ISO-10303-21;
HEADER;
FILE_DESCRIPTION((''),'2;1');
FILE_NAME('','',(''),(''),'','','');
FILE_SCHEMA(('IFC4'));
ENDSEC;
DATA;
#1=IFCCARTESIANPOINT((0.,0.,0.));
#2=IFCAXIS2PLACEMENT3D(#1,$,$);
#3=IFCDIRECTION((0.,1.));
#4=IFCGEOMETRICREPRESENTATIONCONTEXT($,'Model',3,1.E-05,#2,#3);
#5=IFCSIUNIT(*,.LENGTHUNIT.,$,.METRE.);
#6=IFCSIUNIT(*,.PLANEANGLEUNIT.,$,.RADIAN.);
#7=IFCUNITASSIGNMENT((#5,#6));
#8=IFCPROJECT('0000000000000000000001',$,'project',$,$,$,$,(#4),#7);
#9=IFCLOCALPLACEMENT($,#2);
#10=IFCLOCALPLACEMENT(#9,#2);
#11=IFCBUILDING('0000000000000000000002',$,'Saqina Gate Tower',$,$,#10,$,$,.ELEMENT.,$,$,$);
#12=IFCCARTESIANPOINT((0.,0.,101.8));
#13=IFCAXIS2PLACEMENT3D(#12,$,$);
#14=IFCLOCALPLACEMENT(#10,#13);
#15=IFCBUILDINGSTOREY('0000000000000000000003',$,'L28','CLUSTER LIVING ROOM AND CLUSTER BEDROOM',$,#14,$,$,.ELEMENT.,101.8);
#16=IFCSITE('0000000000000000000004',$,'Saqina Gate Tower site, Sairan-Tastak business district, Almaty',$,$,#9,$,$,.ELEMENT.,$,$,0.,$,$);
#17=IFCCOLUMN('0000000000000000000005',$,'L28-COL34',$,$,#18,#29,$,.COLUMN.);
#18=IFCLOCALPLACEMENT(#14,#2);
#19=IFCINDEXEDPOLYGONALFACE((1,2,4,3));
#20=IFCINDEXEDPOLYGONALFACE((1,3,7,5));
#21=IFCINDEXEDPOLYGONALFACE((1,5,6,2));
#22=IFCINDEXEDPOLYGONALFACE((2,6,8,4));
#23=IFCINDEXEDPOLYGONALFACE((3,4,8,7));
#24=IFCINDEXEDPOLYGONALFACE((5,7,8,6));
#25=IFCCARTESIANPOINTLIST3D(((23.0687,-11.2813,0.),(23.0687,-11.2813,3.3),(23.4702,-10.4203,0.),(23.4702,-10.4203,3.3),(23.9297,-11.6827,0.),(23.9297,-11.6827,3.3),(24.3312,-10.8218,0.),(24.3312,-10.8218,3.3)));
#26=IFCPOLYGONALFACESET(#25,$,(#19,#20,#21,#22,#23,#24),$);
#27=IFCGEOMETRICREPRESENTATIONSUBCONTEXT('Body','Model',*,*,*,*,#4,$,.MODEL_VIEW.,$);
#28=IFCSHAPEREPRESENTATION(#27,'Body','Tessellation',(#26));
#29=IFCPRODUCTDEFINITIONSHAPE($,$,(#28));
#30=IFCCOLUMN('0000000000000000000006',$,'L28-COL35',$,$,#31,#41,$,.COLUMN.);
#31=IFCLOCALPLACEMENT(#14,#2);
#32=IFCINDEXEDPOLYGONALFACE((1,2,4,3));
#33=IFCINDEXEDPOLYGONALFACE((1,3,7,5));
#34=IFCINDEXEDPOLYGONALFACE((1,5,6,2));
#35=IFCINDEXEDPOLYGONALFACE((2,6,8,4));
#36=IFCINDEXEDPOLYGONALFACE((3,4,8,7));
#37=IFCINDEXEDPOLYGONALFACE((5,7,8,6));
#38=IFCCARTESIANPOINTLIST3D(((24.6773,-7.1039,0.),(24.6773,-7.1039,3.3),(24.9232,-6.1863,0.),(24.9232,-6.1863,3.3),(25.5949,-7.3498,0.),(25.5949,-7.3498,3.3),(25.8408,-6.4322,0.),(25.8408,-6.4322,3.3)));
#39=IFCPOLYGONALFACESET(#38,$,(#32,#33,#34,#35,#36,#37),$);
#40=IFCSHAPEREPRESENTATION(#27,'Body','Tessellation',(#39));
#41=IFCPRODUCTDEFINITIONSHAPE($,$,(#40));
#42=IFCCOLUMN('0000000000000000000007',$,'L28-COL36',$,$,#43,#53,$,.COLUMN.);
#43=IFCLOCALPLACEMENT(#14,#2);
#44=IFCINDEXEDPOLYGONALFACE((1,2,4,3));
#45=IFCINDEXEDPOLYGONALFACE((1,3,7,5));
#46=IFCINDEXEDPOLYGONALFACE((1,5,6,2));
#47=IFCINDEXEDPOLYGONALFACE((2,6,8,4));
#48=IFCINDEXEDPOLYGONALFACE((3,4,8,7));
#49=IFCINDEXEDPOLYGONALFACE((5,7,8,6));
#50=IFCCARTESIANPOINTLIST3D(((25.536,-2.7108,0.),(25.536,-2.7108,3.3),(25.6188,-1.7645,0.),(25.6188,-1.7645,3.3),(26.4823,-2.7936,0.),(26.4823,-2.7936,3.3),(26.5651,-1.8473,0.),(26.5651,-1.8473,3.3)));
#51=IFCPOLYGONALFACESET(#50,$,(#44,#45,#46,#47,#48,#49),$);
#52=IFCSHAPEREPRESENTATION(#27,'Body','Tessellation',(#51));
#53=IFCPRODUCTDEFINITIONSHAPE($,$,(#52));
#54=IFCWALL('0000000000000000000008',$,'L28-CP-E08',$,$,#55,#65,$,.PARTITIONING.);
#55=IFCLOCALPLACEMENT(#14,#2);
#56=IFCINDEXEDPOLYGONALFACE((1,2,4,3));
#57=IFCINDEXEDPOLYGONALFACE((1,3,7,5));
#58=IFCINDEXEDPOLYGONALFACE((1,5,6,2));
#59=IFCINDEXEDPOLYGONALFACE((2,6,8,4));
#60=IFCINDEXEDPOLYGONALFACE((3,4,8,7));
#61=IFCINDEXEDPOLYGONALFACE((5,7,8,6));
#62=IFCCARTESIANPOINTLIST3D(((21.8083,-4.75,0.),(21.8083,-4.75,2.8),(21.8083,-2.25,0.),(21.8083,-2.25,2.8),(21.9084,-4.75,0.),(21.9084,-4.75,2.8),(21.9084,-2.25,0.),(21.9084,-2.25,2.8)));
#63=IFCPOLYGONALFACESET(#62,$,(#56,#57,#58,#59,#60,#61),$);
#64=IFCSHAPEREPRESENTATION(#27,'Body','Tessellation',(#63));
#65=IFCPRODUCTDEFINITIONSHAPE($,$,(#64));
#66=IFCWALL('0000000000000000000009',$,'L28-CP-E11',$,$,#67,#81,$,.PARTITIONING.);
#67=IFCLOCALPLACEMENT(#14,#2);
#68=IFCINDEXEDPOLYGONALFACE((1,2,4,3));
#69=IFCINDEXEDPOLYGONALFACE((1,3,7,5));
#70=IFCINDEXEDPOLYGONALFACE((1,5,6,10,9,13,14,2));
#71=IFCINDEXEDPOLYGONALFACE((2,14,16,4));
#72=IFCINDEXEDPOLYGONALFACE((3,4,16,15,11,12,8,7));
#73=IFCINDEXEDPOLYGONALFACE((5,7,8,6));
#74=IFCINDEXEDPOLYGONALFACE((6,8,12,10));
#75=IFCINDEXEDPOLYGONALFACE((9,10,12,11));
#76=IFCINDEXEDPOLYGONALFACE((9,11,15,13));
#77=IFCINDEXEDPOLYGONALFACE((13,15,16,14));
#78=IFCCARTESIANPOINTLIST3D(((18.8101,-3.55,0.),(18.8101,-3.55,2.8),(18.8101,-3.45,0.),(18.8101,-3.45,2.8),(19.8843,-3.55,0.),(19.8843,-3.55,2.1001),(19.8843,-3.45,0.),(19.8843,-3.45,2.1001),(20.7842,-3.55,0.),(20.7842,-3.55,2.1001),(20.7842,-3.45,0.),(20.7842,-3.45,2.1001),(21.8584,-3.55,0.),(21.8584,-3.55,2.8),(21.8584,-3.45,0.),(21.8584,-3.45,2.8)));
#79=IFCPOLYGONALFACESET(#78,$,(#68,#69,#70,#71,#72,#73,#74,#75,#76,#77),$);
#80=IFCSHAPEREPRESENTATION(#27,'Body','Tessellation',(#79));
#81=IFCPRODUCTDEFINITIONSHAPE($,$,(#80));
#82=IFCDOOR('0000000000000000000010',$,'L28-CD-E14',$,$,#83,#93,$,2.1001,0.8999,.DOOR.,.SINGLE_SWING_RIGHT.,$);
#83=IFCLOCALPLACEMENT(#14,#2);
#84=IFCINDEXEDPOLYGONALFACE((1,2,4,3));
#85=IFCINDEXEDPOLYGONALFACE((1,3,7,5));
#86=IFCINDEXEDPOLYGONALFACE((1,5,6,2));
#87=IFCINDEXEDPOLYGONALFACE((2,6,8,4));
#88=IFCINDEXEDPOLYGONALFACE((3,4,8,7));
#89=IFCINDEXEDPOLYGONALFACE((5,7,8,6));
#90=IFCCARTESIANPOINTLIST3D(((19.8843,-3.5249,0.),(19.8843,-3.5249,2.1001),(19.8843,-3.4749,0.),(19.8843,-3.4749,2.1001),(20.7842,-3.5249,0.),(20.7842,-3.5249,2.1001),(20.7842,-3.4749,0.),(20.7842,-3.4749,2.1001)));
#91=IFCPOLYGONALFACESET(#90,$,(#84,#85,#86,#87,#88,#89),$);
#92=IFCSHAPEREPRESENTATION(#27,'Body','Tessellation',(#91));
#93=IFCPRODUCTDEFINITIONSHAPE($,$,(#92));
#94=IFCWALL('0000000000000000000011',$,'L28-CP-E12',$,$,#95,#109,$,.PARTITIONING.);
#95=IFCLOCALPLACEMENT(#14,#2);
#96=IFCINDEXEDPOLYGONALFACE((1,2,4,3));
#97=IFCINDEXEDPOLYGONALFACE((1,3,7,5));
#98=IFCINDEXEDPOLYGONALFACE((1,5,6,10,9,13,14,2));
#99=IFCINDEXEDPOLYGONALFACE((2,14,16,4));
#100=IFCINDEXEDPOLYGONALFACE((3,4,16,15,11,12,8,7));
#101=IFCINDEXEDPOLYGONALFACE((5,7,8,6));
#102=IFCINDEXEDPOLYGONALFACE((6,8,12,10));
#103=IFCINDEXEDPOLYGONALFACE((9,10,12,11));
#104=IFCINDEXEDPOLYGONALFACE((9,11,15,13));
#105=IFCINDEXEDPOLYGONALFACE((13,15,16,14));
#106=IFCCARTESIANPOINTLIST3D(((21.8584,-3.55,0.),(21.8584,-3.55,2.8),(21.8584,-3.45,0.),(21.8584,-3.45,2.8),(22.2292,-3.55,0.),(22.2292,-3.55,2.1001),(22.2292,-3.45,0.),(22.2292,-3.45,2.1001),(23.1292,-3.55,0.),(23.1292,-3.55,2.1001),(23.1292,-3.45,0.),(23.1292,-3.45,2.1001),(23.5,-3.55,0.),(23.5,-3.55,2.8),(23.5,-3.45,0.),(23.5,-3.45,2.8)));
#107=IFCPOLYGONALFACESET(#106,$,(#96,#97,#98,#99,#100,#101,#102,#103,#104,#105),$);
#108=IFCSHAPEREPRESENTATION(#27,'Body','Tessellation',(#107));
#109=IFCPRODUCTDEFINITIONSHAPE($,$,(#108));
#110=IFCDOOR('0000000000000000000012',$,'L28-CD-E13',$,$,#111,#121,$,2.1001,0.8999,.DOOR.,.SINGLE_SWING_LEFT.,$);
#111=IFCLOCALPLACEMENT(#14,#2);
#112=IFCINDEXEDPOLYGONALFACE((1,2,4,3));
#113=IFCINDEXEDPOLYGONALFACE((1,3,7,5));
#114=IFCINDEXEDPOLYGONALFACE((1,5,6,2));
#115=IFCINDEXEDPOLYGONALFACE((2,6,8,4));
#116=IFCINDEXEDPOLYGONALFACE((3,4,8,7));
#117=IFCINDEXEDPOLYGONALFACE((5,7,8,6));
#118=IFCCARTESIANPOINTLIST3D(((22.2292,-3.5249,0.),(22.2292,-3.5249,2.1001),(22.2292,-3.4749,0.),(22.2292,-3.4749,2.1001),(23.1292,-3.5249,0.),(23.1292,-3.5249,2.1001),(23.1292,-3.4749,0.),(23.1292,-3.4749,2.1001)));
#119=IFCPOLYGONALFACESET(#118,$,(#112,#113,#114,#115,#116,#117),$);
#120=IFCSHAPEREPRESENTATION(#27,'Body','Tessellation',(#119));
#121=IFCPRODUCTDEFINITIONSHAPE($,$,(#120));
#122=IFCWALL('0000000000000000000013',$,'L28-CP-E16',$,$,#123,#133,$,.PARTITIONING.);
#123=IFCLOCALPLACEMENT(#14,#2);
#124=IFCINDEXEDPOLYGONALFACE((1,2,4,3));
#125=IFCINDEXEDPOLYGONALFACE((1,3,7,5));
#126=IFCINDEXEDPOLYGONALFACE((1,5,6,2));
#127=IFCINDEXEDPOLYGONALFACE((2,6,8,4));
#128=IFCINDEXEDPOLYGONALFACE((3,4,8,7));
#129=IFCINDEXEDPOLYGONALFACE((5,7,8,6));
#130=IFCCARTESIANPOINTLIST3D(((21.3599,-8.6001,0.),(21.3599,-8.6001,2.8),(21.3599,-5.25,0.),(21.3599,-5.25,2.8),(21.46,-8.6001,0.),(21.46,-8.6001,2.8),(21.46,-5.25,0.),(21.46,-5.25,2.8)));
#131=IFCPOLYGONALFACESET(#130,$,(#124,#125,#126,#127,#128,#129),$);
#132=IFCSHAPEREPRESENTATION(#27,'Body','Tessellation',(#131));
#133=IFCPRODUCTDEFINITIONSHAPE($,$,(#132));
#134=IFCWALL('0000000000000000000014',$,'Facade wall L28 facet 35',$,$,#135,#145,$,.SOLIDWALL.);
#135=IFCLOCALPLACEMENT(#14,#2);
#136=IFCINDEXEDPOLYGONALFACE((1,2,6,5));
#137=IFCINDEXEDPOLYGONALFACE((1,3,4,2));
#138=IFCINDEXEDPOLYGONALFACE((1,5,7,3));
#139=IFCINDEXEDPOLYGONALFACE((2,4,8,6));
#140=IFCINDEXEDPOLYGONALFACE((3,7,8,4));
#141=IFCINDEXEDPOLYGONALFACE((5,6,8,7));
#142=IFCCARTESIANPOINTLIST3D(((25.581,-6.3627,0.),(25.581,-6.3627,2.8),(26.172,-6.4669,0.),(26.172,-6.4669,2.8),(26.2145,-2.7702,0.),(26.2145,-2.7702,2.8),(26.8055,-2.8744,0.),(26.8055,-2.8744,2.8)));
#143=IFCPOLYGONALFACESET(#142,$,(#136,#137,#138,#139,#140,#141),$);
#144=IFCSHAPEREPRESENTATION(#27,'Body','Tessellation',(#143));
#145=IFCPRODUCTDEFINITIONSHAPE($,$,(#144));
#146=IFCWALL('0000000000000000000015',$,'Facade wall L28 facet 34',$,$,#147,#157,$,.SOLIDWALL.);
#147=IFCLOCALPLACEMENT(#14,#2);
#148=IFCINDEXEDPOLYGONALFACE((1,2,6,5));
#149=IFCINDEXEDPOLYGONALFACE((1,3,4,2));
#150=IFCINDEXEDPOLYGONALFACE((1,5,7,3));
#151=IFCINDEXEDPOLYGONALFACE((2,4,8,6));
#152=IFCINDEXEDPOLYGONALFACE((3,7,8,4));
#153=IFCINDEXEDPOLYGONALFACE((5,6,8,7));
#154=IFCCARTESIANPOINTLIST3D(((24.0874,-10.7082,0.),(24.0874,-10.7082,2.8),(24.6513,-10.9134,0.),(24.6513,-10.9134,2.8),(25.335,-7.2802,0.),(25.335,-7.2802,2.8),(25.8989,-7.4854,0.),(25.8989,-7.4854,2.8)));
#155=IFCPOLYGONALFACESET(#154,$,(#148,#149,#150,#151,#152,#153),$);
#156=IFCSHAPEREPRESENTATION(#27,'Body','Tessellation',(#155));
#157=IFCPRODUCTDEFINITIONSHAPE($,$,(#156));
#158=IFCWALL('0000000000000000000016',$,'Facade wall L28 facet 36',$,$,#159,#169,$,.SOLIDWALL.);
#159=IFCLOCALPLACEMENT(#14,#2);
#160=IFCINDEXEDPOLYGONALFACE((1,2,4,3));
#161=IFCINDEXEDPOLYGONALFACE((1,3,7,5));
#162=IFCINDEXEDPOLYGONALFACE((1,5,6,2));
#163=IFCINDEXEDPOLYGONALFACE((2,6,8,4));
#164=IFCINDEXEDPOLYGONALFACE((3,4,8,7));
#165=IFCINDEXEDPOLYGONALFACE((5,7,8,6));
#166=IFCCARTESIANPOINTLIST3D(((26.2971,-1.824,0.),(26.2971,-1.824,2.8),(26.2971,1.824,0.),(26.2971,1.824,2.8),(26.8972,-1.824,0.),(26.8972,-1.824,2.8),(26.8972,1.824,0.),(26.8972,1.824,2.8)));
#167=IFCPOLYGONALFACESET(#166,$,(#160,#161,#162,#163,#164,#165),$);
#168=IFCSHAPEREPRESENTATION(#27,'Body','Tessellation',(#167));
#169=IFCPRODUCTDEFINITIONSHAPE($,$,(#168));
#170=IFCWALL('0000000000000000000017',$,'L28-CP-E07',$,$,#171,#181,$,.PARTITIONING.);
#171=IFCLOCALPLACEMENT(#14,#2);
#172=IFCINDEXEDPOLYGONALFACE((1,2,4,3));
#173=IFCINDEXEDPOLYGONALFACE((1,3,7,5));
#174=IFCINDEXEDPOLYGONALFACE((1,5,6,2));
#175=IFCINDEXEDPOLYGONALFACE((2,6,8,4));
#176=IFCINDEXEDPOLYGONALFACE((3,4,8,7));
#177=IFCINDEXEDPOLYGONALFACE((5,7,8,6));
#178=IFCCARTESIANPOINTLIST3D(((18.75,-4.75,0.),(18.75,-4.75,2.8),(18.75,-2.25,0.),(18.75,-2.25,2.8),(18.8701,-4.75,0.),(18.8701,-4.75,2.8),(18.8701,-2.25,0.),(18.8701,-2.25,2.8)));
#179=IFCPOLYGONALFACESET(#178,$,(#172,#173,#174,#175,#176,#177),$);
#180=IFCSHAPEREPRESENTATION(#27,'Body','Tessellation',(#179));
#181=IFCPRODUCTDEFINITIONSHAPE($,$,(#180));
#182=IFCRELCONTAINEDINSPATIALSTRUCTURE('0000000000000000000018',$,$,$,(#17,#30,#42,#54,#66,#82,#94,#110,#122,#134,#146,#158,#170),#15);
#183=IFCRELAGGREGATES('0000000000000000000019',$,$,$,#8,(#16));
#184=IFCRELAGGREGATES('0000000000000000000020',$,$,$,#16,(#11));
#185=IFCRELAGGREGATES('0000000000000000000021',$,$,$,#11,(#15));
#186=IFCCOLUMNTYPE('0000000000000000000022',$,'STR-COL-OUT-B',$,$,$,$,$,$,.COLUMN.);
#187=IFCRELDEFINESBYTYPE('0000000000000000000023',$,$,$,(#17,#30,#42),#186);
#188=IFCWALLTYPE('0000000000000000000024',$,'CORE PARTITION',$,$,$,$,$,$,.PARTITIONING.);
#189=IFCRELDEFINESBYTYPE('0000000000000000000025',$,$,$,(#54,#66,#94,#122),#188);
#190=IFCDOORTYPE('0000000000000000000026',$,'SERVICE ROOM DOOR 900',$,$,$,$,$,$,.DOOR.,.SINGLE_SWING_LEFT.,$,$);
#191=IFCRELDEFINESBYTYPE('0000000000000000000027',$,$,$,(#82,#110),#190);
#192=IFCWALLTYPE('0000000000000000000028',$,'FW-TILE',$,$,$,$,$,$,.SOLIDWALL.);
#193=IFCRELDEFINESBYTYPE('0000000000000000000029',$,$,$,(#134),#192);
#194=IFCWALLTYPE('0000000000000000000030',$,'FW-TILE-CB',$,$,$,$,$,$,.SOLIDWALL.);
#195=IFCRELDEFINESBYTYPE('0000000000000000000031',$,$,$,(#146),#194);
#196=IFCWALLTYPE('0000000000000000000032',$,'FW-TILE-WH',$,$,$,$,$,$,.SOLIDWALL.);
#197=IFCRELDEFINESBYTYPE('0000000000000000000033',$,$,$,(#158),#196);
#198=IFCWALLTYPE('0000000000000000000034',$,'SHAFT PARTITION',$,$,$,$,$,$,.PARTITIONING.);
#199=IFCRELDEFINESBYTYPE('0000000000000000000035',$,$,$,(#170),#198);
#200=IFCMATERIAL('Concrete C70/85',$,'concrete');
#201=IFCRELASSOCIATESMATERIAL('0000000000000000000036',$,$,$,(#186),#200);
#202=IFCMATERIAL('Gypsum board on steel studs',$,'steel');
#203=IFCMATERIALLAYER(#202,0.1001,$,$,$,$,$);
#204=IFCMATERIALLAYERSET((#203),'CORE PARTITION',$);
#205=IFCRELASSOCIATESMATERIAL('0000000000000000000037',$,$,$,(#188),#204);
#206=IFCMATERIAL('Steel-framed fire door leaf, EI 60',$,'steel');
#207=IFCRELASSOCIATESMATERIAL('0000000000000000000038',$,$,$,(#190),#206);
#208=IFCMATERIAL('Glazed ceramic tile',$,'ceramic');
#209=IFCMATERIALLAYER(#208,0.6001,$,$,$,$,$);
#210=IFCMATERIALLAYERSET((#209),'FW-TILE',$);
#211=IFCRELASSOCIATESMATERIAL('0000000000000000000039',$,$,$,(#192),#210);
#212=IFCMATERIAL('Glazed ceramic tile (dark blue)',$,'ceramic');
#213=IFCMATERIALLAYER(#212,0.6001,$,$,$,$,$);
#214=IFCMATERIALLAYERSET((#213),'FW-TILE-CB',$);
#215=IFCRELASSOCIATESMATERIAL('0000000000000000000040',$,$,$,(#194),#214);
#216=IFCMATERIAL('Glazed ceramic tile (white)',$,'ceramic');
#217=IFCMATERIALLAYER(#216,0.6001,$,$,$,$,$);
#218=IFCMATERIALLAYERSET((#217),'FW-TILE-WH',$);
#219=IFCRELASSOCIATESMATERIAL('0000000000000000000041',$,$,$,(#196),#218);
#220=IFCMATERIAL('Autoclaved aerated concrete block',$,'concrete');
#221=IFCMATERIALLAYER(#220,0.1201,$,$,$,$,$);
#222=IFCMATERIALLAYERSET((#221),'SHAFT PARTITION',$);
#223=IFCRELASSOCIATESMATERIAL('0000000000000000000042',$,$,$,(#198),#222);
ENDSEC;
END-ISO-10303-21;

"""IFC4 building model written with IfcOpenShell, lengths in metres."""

from ifc_helpers import new_model, si_unit, direction, frame, frame_2d, origin, origin_2d, place, context, subcontext, project, spatial, rectangle, extrude, material, layer, layer_set, material_profile, profile_set, type_object, element, fill, save


model = new_model("IFC4")

# Units and contexts
model_context = context("Model", 3, precision=1e-05, world=origin(), true_north=direction((0.0, 1.0)))
body_context = subcontext(model_context, "Body", "Model", "MODEL_VIEW")
ifc_project = project(units=[si_unit("LENGTHUNIT", "METRE"), si_unit("PLANEANGLEUNIT", "RADIAN")], contexts=[model_context])

# Site, building, storey
site_placement = place(None, origin())
site = spatial("IfcSite", under=ifc_project, at=site_placement, Name="Saqina Gate Tower site, Sairan-Tastak business district, Almaty", CompositionType="ELEMENT", RefElevation=0.0)
building_placement = place(site_placement, origin())
building = spatial("IfcBuilding", under=site, at=building_placement, Name="Saqina Gate Tower", CompositionType="ELEMENT")
storey_placement = place(building_placement, frame((0.0, 0.0, 101.8)))
storey = spatial("IfcBuildingStorey", under=building, at=storey_placement, Name="L28", Description="CLUSTER LIVING ROOM AND CLUSTER BEDROOM", CompositionType="ELEMENT", Elevation=101.8)

# Columns
ifc_material_1 = material(Name="Concrete C70/85", Category="concrete")
ifc_material_profile = material_profile(ifc_material_1, rectangle(XDim=0.95, YDim=0.95, at=origin_2d()), Name="RC 950x950")
ifc_profile_set = profile_set([ifc_material_profile], Name="Concrete C70/85")
column_type = type_object("IfcColumnType", Name="STR-COL-OUT-B", PredefinedType="COLUMN", material=ifc_profile_set)
for number, where, z_axis, x_axis, name in (
    (1, (23.7, -11.0515, 0.0), (0.0, 0.0, 1.0), (0.906308, -0.422618, 0.0), "L28-COL34"),
    (2, (25.259, -6.7681, 0.0), (0.0, 0.0, 1.0), (0.965926, -0.258819, 0.0), "L28-COL35"),
    (3, (26.0505, -2.2791, 0.0), (0.0, 0.0, 1.0), (0.996195, -0.087156, 0.0), "L28-COL36"),
):
    element("IfcColumn", number, at=place(storey_placement, frame(where, z_axis=z_axis, x_axis=x_axis)), inside=storey, type_object=column_type, Name=name, PredefinedType="COLUMN", context=body_context, shape_type="SweptSolid", body=[
        extrude(rectangle(XDim=0.95, YDim=0.95, at=origin_2d()), origin(), (0.0, 0.0, 1.0), 3.3),
    ])

# Wall
ifc_material_2 = material(Name="Gypsum board on steel studs", Category="steel")
ifc_layer_1 = layer(ifc_material_2, 0.1001)
ifc_layer_set_1 = layer_set([ifc_layer_1], Name="CORE PARTITION")
wall_type_1 = type_object("IfcWallType", Name="CORE PARTITION", PredefinedType="PARTITIONING", material=ifc_layer_set_1)
wall_1_placement = place(storey_placement, frame((21.8584, -4.75, 0.0), z_axis=(0.0, 0.0, 1.0), x_axis=(0.0, 1.0, 0.0)))
element("IfcWall", 4, at=wall_1_placement, inside=storey, type_object=wall_type_1, Name="L28-CP-E08", PredefinedType="PARTITIONING", context=body_context, shape_type="SweptSolid", body=[
    extrude(rectangle(XDim=2.5, YDim=0.1001, at=frame_2d((1.25, 0.0))), origin(), (0.0, 0.0, 1.0), 2.8),
])

# Walls, openings, doors
wall_2_placement = place(storey_placement, frame((18.8101, -3.5, 0.0), z_axis=(0.0, 0.0, 1.0), x_axis=(1.0, 0.0, 0.0)))
wall_2 = element("IfcWall", 5, at=wall_2_placement, inside=storey, type_object=wall_type_1, Name="L28-CP-E11", PredefinedType="PARTITIONING", context=body_context, shape_type="SweptSolid", body=[
    extrude(rectangle(XDim=3.0483, YDim=0.1001, at=frame_2d((1.5242, 0.0))), origin(), (0.0, 0.0, 1.0), 2.8),
])
opening_1_placement = place(wall_2_placement, frame((1.0742, 0.0, 0.0)))
opening_1 = element("IfcOpeningElement", 6, at=opening_1_placement, cuts=wall_2, PredefinedType="OPENING", context=body_context, shape_type="SweptSolid", body=[
    extrude(rectangle(XDim=0.8999, YDim=2.1001, at=frame_2d((0.45, 1.05))), frame((0.0, 0.062, 0.0), z_axis=(0.0, -1.0, 0.0), x_axis=(1.0, 0.0, 0.0)), (0.0, 0.0, 1.0), 0.124),
])
ifc_material_3 = material(Name="Steel-framed fire door leaf, EI 60", Category="steel")
door_type = type_object("IfcDoorType", Name="SERVICE ROOM DOOR 900", OperationType="SINGLE_SWING_LEFT", PredefinedType="DOOR", material=ifc_material_3)
door_1_placement = place(opening_1_placement, frame((0.8999, 0.0, 0.0), z_axis=(0.0, 0.0, 1.0), x_axis=(-1.0, 0.0, 0.0)))
door_1 = element("IfcDoor", 7, at=door_1_placement, inside=storey, type_object=door_type, Name="L28-CD-E14", OperationType="SINGLE_SWING_RIGHT", OverallHeight=2.1001, OverallWidth=0.8999, PredefinedType="DOOR", context=body_context, shape_type="SweptSolid", body=[
    extrude(rectangle(XDim=0.8999, YDim=2.1001, at=frame_2d((0.45, 1.05))), frame((0.0, 0.0249, 0.0), z_axis=(0.0, -1.0, 0.0), x_axis=(1.0, 0.0, 0.0)), (0.0, 0.0, 1.0), 0.05),
])
fill(opening_1, door_1)
wall_3_placement = place(storey_placement, frame((21.8584, -3.5, 0.0), z_axis=(0.0, 0.0, 1.0), x_axis=(1.0, 0.0, 0.0)))
wall_3 = element("IfcWall", 8, at=wall_3_placement, inside=storey, type_object=wall_type_1, Name="L28-CP-E12", PredefinedType="PARTITIONING", context=body_context, shape_type="SweptSolid", body=[
    extrude(rectangle(XDim=1.6416, YDim=0.1001, at=frame_2d((0.8208, 0.0))), origin(), (0.0, 0.0, 1.0), 2.8),
])
opening_2_placement = place(wall_3_placement, frame((0.3708, 0.0, 0.0)))
opening_2 = element("IfcOpeningElement", 9, at=opening_2_placement, cuts=wall_3, PredefinedType="OPENING", context=body_context, shape_type="SweptSolid", body=[
    extrude(rectangle(XDim=0.8999, YDim=2.1001, at=frame_2d((0.45, 1.05))), frame((0.0, 0.062, 0.0), z_axis=(0.0, -1.0, 0.0), x_axis=(1.0, 0.0, 0.0)), (0.0, 0.0, 1.0), 0.124),
])
door_2_placement = place(opening_2_placement, frame((0.8999, 0.0, 0.0), z_axis=(0.0, 0.0, 1.0), x_axis=(-1.0, 0.0, 0.0)))
door_2 = element("IfcDoor", 10, at=door_2_placement, inside=storey, type_object=door_type, Name="L28-CD-E13", OperationType="SINGLE_SWING_LEFT", OverallHeight=2.1001, OverallWidth=0.8999, PredefinedType="DOOR", context=body_context, shape_type="SweptSolid", body=[
    extrude(rectangle(XDim=0.8999, YDim=2.1001, at=frame_2d((0.45, 1.05))), frame((0.0, 0.0249, 0.0), z_axis=(0.0, -1.0, 0.0), x_axis=(1.0, 0.0, 0.0)), (0.0, 0.0, 1.0), 0.05),
])
fill(opening_2, door_2)

# Walls
wall_4_placement = place(storey_placement, frame((21.4099, -8.6001, 0.0), z_axis=(0.0, 0.0, 1.0), x_axis=(0.0, 1.0, 0.0)))
element("IfcWall", 11, at=wall_4_placement, inside=storey, type_object=wall_type_1, Name="L28-CP-E16", PredefinedType="PARTITIONING", context=body_context, shape_type="SweptSolid", body=[
    extrude(rectangle(XDim=3.3501, YDim=0.1001, at=frame_2d((1.675, 0.0))), origin(), (0.0, 0.0, 1.0), 2.8),
])
ifc_material_4 = material(Name="Glazed ceramic tile", Category="ceramic")
ifc_layer_2 = layer(ifc_material_4, 0.6001)
ifc_layer_set_2 = layer_set([ifc_layer_2], Name="FW-TILE")
wall_type_2 = type_object("IfcWallType", Name="FW-TILE", PredefinedType="SOLIDWALL", material=ifc_layer_set_2)
wall_5_placement = place(storey_placement, frame((25.8765, -6.4148, 0.0), z_axis=(0.0, 0.0, 1.0), x_axis=(0.173671, 0.984804, 0.0)))
element("IfcWall", 12, at=wall_5_placement, inside=storey, type_object=wall_type_2, Name="Facade wall L28 facet 35", PredefinedType="SOLIDWALL", context=body_context, shape_type="SweptSolid", body=[
    extrude(rectangle(XDim=3.6479, YDim=0.6001, at=frame_2d((1.824, 0.0))), origin(), (0.0, 0.0, 1.0), 2.8),
])
ifc_material_5 = material(Name="Glazed ceramic tile (dark blue)", Category="ceramic")
ifc_layer_3 = layer(ifc_material_5, 0.6001)
ifc_layer_set_3 = layer_set([ifc_layer_3], Name="FW-TILE-CB")
wall_type_3 = type_object("IfcWallType", Name="FW-TILE-CB", PredefinedType="SOLIDWALL", material=ifc_layer_set_3)
wall_6_placement = place(storey_placement, frame((24.3694, -10.8108, 0.0), z_axis=(0.0, 0.0, 1.0), x_axis=(0.34199, 0.939704, 0.0)))
element("IfcWall", 13, at=wall_6_placement, inside=storey, type_object=wall_type_3, Name="Facade wall L28 facet 34", PredefinedType="SOLIDWALL", context=body_context, shape_type="SweptSolid", body=[
    extrude(rectangle(XDim=3.6479, YDim=0.6001, at=frame_2d((1.824, 0.0))), origin(), (0.0, 0.0, 1.0), 2.8),
])
ifc_material_6 = material(Name="Glazed ceramic tile (white)", Category="ceramic")
ifc_layer_4 = layer(ifc_material_6, 0.6001)
ifc_layer_set_4 = layer_set([ifc_layer_4], Name="FW-TILE-WH")
wall_type_4 = type_object("IfcWallType", Name="FW-TILE-WH", PredefinedType="SOLIDWALL", material=ifc_layer_set_4)
wall_7_placement = place(storey_placement, frame((26.5972, -1.824, 0.0), z_axis=(0.0, 0.0, 1.0), x_axis=(0.0, 1.0, 0.0)))
element("IfcWall", 14, at=wall_7_placement, inside=storey, type_object=wall_type_4, Name="Facade wall L28 facet 36", PredefinedType="SOLIDWALL", context=body_context, shape_type="SweptSolid", body=[
    extrude(rectangle(XDim=3.6479, YDim=0.6001, at=frame_2d((1.824, 0.0))), origin(), (0.0, 0.0, 1.0), 2.8),
])
ifc_material_7 = material(Name="Autoclaved aerated concrete block", Category="concrete")
ifc_layer_5 = layer(ifc_material_7, 0.1201)
ifc_layer_set_5 = layer_set([ifc_layer_5], Name="SHAFT PARTITION")
wall_type_5 = type_object("IfcWallType", Name="SHAFT PARTITION", PredefinedType="PARTITIONING", material=ifc_layer_set_5)
wall_8_placement = place(storey_placement, frame((18.8101, -4.75, 0.0), z_axis=(0.0, 0.0, 1.0), x_axis=(0.0, 1.0, 0.0)))
element("IfcWall", 15, at=wall_8_placement, inside=storey, type_object=wall_type_5, Name="L28-CP-E07", PredefinedType="PARTITIONING", context=body_context, shape_type="SweptSolid", body=[
    extrude(rectangle(XDim=2.5, YDim=0.1201, at=frame_2d((1.25, 0.0))), origin(), (0.0, 0.0, 1.0), 2.8),
])

save(model, "model.ifc")
